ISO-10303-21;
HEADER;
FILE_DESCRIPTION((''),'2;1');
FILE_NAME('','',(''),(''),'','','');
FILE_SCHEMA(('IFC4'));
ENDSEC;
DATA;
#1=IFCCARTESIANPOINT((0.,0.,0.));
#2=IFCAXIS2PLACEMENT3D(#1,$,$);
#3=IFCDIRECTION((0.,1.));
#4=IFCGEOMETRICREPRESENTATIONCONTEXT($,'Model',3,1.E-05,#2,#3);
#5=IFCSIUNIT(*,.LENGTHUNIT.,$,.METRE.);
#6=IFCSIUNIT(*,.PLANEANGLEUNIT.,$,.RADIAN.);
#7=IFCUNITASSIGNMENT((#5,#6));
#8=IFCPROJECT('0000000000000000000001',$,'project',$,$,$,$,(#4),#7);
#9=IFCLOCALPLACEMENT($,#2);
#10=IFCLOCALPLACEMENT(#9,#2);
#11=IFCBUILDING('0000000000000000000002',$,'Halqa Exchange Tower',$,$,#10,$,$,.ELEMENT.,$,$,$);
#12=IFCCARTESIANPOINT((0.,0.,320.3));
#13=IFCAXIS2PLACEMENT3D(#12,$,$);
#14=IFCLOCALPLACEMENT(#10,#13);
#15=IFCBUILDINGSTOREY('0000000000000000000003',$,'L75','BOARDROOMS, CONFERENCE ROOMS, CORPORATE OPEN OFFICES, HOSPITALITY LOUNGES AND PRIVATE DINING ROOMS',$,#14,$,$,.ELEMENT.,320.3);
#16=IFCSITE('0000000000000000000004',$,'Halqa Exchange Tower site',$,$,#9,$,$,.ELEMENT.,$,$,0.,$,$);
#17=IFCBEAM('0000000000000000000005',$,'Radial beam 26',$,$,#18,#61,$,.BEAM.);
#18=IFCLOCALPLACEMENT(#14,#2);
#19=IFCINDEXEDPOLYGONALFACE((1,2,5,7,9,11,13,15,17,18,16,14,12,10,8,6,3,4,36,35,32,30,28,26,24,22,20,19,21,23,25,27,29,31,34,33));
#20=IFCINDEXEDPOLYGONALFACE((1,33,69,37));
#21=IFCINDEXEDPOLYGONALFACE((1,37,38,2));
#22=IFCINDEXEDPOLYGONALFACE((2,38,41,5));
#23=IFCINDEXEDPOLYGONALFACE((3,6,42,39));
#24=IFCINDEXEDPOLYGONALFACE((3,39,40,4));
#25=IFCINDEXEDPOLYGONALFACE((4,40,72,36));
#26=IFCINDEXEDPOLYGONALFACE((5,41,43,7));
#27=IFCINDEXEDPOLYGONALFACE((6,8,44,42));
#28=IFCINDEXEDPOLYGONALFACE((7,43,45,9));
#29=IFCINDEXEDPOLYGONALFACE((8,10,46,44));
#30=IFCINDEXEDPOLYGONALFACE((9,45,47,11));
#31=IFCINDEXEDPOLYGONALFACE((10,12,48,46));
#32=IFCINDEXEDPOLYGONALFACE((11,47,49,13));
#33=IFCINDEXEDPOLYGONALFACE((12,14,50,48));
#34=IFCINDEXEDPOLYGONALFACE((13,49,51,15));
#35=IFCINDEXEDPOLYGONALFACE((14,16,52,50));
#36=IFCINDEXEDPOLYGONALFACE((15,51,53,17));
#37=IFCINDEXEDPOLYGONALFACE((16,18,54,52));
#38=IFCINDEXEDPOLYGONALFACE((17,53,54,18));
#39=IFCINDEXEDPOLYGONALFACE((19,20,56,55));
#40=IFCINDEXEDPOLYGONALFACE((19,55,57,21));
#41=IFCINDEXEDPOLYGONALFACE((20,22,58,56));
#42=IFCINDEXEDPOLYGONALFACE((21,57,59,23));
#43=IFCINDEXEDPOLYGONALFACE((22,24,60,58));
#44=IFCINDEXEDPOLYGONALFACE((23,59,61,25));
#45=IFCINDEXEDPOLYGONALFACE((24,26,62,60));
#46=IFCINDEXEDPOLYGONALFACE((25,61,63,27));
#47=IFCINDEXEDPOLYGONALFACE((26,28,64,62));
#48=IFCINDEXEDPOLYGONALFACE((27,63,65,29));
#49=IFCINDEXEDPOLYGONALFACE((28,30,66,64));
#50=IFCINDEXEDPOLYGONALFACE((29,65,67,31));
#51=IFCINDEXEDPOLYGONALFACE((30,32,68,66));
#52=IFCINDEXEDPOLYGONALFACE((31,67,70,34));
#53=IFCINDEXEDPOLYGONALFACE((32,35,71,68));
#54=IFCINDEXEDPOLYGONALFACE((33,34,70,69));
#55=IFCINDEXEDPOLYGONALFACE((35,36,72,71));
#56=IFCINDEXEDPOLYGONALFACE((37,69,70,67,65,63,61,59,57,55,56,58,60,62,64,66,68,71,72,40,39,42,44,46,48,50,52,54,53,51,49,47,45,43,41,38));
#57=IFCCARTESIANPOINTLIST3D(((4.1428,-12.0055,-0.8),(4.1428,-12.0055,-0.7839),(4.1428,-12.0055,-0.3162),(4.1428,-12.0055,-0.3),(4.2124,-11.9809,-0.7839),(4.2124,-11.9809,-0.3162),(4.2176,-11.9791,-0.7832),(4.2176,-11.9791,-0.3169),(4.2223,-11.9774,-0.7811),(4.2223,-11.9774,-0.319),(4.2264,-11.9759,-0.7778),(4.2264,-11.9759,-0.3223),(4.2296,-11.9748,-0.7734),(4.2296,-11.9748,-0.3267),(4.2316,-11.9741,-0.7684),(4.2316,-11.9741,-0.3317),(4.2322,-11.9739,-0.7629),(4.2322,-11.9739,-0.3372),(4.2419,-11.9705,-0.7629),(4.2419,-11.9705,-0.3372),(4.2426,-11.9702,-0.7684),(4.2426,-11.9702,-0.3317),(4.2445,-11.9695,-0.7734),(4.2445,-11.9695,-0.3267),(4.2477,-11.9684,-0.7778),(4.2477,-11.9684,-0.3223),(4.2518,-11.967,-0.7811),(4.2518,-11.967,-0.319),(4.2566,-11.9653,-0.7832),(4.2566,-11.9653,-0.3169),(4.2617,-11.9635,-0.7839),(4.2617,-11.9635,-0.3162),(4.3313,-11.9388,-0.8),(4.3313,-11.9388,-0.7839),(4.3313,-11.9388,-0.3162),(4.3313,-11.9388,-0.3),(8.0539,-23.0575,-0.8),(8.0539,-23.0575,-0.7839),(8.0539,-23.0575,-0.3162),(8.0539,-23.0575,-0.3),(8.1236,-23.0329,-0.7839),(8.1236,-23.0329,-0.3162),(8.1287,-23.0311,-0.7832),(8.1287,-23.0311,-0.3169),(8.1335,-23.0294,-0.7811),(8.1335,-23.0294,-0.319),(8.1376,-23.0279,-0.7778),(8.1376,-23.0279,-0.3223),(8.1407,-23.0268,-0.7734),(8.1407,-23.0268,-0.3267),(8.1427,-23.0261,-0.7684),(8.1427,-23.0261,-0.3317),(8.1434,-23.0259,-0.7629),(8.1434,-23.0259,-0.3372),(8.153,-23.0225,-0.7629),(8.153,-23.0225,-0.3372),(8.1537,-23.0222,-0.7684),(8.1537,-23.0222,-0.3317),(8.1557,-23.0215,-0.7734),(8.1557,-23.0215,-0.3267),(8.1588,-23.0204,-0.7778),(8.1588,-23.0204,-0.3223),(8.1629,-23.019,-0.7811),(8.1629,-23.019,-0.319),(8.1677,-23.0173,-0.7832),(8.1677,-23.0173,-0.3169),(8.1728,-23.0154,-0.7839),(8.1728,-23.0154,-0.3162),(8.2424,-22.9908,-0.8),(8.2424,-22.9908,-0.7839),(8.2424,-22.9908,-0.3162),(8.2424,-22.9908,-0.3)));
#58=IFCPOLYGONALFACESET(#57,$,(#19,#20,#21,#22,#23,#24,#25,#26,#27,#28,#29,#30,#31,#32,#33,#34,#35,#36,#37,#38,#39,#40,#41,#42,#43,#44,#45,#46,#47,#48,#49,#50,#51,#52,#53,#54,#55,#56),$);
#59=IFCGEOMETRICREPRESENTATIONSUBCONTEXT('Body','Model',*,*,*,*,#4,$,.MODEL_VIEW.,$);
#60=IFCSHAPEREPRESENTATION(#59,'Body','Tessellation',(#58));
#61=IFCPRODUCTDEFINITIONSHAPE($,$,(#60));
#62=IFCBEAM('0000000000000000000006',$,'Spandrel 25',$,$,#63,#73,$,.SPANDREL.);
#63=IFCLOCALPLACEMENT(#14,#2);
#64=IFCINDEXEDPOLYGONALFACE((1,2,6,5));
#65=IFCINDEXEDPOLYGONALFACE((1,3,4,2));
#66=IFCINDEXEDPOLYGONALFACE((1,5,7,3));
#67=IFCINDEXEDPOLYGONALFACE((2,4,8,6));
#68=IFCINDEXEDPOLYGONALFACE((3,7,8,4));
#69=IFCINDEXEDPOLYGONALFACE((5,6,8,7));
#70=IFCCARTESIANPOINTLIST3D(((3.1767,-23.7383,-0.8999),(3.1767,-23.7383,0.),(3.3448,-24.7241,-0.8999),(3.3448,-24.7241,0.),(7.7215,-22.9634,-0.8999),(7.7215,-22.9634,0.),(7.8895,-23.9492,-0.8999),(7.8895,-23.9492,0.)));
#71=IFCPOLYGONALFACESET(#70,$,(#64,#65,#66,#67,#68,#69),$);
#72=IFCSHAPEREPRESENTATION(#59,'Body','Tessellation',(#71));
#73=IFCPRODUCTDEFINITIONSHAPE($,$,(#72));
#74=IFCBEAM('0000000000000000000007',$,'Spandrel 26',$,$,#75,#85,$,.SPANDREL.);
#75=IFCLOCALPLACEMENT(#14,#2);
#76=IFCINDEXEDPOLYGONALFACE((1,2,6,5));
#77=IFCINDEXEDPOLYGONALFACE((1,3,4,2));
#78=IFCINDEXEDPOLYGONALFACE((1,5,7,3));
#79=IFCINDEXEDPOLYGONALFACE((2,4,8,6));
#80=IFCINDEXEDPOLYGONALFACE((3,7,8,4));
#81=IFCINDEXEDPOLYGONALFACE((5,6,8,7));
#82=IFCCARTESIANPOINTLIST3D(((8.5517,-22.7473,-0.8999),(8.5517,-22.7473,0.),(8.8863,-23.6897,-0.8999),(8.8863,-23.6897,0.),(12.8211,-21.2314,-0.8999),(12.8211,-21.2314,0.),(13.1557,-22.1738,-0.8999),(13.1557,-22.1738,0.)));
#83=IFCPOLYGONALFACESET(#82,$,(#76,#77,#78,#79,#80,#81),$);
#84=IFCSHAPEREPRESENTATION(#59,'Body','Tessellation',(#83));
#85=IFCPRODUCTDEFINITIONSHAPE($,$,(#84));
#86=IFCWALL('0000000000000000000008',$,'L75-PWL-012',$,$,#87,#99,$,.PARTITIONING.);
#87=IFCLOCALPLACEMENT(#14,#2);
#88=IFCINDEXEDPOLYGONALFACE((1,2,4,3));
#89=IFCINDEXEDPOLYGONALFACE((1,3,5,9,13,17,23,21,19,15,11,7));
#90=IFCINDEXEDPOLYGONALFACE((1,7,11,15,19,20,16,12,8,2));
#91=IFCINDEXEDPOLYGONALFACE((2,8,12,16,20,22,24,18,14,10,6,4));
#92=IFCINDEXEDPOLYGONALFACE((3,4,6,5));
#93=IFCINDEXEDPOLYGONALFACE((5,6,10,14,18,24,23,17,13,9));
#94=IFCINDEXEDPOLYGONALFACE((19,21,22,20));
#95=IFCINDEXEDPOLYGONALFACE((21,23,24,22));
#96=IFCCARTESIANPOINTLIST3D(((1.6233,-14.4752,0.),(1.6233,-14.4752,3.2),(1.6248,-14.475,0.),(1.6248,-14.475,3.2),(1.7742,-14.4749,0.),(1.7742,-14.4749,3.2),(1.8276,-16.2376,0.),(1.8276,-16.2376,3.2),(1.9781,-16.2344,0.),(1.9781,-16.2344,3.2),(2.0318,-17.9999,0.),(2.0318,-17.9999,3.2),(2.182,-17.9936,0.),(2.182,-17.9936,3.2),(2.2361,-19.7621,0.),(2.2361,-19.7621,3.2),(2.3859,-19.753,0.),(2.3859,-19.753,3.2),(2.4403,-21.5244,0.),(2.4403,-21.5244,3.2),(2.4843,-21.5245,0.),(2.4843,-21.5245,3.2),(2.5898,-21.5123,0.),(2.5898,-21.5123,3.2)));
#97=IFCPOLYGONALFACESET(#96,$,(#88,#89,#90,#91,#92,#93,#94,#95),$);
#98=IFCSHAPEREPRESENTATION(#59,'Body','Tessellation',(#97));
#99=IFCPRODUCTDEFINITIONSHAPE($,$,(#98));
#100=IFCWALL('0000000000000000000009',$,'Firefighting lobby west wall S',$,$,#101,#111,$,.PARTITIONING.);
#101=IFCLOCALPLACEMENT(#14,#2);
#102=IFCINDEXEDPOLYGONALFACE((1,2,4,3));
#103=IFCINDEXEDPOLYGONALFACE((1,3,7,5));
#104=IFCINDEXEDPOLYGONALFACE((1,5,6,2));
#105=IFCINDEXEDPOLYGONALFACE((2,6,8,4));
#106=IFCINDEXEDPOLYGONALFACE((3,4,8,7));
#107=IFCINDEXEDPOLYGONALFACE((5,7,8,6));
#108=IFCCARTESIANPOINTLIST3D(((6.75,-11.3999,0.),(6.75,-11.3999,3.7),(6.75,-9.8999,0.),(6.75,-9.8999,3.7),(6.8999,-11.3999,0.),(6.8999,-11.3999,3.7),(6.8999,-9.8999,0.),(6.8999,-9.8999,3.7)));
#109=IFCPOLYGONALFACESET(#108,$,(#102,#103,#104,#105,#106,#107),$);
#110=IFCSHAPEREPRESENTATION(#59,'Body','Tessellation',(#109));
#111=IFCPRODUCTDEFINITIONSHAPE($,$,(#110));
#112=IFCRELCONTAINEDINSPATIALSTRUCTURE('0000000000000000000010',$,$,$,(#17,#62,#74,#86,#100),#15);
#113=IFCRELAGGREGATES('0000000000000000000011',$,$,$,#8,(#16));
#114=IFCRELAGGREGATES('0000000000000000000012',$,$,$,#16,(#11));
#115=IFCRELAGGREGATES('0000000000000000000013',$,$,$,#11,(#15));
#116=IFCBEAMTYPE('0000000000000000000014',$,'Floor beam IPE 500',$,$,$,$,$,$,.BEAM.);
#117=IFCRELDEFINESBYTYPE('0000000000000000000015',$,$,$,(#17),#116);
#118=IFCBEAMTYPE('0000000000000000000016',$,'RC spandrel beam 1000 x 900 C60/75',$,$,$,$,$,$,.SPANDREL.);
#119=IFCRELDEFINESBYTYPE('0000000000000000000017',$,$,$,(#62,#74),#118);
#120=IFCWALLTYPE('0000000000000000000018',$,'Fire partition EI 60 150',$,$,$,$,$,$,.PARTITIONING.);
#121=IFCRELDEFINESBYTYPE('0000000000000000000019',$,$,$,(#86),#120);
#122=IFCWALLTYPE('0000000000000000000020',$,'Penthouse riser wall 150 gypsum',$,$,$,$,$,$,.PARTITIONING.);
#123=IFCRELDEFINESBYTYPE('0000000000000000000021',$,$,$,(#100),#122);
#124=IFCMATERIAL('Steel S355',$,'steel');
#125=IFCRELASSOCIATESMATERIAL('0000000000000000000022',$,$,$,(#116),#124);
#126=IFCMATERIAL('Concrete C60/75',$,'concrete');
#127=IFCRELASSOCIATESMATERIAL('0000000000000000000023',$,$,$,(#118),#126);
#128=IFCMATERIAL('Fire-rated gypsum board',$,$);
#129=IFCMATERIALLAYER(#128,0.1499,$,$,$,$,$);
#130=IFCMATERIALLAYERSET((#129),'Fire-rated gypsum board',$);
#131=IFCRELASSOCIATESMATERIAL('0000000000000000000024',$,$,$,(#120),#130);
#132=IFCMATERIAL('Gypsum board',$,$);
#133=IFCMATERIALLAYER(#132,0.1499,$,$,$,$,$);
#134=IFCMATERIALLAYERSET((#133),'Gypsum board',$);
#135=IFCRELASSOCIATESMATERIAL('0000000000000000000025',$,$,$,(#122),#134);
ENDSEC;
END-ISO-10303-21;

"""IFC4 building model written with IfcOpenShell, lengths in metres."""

from ifc_helpers import new_model, si_unit, direction, frame, frame_2d, origin, origin_2d, place, context, subcontext, project, spatial, polyline, rectangle, i_section, outline, extrude, material, layer, layer_set, material_profile, profile_set, type_object, element, save


model = new_model("IFC4")

# Units and contexts
model_context = context("Model", 3, precision=1e-05, world=origin(), true_north=direction((0.0, 1.0)))
body_context = subcontext(model_context, "Body", "Model", "MODEL_VIEW")
ifc_project = project(units=[si_unit("LENGTHUNIT", "METRE"), si_unit("PLANEANGLEUNIT", "RADIAN")], contexts=[model_context])

# Site, building, storey
site_placement = place(None, origin())
site = spatial("IfcSite", under=ifc_project, at=site_placement, Name="Halqa Exchange Tower site", CompositionType="ELEMENT", RefElevation=0.0)
building_placement = place(site_placement, origin())
building = spatial("IfcBuilding", under=site, at=building_placement, Name="Halqa Exchange Tower", CompositionType="ELEMENT")
storey_placement = place(building_placement, frame((0.0, 0.0, 320.3)))
storey = spatial("IfcBuildingStorey", under=building, at=storey_placement, Name="L75", Description="BOARDROOMS, CONFERENCE ROOMS, CORPORATE OPEN OFFICES, HOSPITALITY LOUNGES AND PRIVATE DINING ROOMS", CompositionType="ELEMENT", Elevation=320.3)

# Beams
ifc_material_1 = material(Name="Steel S355", Category="steel")
ifc_material_profile_1 = material_profile(ifc_material_1, i_section(OverallWidth=0.2, OverallDepth=0.5, WebThickness=0.0103, FlangeThickness=0.0161, FilletRadius=0.021, at=origin_2d()), Name="IPE 500")
ifc_profile_set_1 = profile_set([ifc_material_profile_1], Name="Steel S355")
beam_type_1 = type_object("IfcBeamType", Name="Floor beam IPE 500", PredefinedType="BEAM", material=ifc_profile_set_1)
beam_1_placement = place(storey_placement, frame((4.2371, -11.9722, -0.55), z_axis=(0.333611, -0.942711, 0.0), x_axis=(0.942711, 0.333611, 0.0)))
element("IfcBeam", 1, at=beam_1_placement, inside=storey, type_object=beam_type_1, Name="Radial beam 26", PredefinedType="BEAM", context=body_context, shape_type="SweptSolid", body=[
    extrude(i_section(OverallWidth=0.2, OverallDepth=0.5, WebThickness=0.0103, FlangeThickness=0.0161, FilletRadius=0.021, at=origin_2d()), origin(), (0.0, 0.0, 1.0), 11.7236),
])
ifc_material_2 = material(Name="Concrete C60/75", Category="concrete")
ifc_material_profile_2 = material_profile(ifc_material_2, rectangle(XDim=1.0, YDim=0.8999, at=origin_2d()), Name="1000 x 900")
ifc_profile_set_2 = profile_set([ifc_material_profile_2], Name="Concrete C60/75")
beam_type_2 = type_object("IfcBeamType", Name="RC spandrel beam 1000 x 900 C60/75", PredefinedType="SPANDREL", material=ifc_profile_set_2)
beam_2_placement = place(storey_placement, frame((3.2607, -24.2312, -0.45), z_axis=(0.985773, 0.168082, 0.0), x_axis=(-0.168082, 0.985773, 0.0)))
element("IfcBeam", 2, at=beam_2_placement, inside=storey, type_object=beam_type_2, Name="Spandrel 25", PredefinedType="SPANDREL", context=body_context, shape_type="SweptSolid", body=[
    extrude(rectangle(XDim=1.0, YDim=0.8999, at=origin_2d()), origin(), (0.0, 0.0, 1.0), 4.6104),
])
beam_3_placement = place(storey_placement, frame((8.719, -23.2185, -0.45), z_axis=(0.942361, 0.334598, 0.0), x_axis=(-0.334598, 0.942361, 0.0)))
element("IfcBeam", 3, at=beam_3_placement, inside=storey, type_object=beam_type_2, Name="Spandrel 26", PredefinedType="SPANDREL", context=body_context, shape_type="SweptSolid", body=[
    extrude(rectangle(XDim=1.0, YDim=0.8999, at=origin_2d()), origin(), (0.0, 0.0, 1.0), 4.5305),
])

# Walls
ifc_material_3 = material(Name="Fire-rated gypsum board")
ifc_layer_1 = layer(ifc_material_3, 0.1499)
ifc_layer_set_1 = layer_set([ifc_layer_1], Name="Fire-rated gypsum board")
wall_type_1 = type_object("IfcWallType", Name="Fire partition EI 60 150", PredefinedType="PARTITIONING", material=ifc_layer_set_1)
wall_1_placement = place(storey_placement, frame((1.6978, -14.4666, 0.0), z_axis=(0.0, 0.0, 1.0), x_axis=(0.115132, -0.99335, 0.0)))
element("IfcWall", 4, at=wall_1_placement, inside=storey, type_object=wall_type_1, Name="L75-PWL-012", PredefinedType="PARTITIONING", context=body_context, shape_type="SweptSolid", body=[
    extrude(outline(polyline([(0.0, -0.075), (1.7742, -0.075), (3.5483, -0.075), (5.3223, -0.075), (7.0964, -0.075), (7.1016, -0.0312), (7.1016, 0.075), (5.3306, 0.075), (3.5593, 0.075), (1.7883, 0.075), (0.0171, 0.075), (0.0, -0.0735), (0.0, -0.075)])), origin(), (0.0, 0.0, 1.0), 3.2),
])
ifc_material_4 = material(Name="Gypsum board")
ifc_layer_2 = layer(ifc_material_4, 0.1499)
ifc_layer_set_2 = layer_set([ifc_layer_2], Name="Gypsum board")
wall_type_2 = type_object("IfcWallType", Name="Penthouse riser wall 150 gypsum", PredefinedType="PARTITIONING", material=ifc_layer_set_2)
wall_2_placement = place(storey_placement, frame((6.825, -11.3999, 0.0), z_axis=(0.0, 0.0, 1.0), x_axis=(0.0, 1.0, 0.0)))
element("IfcWall", 5, at=wall_2_placement, inside=storey, type_object=wall_type_2, Name="Firefighting lobby west wall S", PredefinedType="PARTITIONING", context=body_context, shape_type="SweptSolid", body=[
    extrude(rectangle(XDim=1.5, YDim=0.1499, at=frame_2d((0.75, 0.0))), origin(), (0.0, 0.0, 1.0), 3.7),
])

save(model, "model.ifc")
